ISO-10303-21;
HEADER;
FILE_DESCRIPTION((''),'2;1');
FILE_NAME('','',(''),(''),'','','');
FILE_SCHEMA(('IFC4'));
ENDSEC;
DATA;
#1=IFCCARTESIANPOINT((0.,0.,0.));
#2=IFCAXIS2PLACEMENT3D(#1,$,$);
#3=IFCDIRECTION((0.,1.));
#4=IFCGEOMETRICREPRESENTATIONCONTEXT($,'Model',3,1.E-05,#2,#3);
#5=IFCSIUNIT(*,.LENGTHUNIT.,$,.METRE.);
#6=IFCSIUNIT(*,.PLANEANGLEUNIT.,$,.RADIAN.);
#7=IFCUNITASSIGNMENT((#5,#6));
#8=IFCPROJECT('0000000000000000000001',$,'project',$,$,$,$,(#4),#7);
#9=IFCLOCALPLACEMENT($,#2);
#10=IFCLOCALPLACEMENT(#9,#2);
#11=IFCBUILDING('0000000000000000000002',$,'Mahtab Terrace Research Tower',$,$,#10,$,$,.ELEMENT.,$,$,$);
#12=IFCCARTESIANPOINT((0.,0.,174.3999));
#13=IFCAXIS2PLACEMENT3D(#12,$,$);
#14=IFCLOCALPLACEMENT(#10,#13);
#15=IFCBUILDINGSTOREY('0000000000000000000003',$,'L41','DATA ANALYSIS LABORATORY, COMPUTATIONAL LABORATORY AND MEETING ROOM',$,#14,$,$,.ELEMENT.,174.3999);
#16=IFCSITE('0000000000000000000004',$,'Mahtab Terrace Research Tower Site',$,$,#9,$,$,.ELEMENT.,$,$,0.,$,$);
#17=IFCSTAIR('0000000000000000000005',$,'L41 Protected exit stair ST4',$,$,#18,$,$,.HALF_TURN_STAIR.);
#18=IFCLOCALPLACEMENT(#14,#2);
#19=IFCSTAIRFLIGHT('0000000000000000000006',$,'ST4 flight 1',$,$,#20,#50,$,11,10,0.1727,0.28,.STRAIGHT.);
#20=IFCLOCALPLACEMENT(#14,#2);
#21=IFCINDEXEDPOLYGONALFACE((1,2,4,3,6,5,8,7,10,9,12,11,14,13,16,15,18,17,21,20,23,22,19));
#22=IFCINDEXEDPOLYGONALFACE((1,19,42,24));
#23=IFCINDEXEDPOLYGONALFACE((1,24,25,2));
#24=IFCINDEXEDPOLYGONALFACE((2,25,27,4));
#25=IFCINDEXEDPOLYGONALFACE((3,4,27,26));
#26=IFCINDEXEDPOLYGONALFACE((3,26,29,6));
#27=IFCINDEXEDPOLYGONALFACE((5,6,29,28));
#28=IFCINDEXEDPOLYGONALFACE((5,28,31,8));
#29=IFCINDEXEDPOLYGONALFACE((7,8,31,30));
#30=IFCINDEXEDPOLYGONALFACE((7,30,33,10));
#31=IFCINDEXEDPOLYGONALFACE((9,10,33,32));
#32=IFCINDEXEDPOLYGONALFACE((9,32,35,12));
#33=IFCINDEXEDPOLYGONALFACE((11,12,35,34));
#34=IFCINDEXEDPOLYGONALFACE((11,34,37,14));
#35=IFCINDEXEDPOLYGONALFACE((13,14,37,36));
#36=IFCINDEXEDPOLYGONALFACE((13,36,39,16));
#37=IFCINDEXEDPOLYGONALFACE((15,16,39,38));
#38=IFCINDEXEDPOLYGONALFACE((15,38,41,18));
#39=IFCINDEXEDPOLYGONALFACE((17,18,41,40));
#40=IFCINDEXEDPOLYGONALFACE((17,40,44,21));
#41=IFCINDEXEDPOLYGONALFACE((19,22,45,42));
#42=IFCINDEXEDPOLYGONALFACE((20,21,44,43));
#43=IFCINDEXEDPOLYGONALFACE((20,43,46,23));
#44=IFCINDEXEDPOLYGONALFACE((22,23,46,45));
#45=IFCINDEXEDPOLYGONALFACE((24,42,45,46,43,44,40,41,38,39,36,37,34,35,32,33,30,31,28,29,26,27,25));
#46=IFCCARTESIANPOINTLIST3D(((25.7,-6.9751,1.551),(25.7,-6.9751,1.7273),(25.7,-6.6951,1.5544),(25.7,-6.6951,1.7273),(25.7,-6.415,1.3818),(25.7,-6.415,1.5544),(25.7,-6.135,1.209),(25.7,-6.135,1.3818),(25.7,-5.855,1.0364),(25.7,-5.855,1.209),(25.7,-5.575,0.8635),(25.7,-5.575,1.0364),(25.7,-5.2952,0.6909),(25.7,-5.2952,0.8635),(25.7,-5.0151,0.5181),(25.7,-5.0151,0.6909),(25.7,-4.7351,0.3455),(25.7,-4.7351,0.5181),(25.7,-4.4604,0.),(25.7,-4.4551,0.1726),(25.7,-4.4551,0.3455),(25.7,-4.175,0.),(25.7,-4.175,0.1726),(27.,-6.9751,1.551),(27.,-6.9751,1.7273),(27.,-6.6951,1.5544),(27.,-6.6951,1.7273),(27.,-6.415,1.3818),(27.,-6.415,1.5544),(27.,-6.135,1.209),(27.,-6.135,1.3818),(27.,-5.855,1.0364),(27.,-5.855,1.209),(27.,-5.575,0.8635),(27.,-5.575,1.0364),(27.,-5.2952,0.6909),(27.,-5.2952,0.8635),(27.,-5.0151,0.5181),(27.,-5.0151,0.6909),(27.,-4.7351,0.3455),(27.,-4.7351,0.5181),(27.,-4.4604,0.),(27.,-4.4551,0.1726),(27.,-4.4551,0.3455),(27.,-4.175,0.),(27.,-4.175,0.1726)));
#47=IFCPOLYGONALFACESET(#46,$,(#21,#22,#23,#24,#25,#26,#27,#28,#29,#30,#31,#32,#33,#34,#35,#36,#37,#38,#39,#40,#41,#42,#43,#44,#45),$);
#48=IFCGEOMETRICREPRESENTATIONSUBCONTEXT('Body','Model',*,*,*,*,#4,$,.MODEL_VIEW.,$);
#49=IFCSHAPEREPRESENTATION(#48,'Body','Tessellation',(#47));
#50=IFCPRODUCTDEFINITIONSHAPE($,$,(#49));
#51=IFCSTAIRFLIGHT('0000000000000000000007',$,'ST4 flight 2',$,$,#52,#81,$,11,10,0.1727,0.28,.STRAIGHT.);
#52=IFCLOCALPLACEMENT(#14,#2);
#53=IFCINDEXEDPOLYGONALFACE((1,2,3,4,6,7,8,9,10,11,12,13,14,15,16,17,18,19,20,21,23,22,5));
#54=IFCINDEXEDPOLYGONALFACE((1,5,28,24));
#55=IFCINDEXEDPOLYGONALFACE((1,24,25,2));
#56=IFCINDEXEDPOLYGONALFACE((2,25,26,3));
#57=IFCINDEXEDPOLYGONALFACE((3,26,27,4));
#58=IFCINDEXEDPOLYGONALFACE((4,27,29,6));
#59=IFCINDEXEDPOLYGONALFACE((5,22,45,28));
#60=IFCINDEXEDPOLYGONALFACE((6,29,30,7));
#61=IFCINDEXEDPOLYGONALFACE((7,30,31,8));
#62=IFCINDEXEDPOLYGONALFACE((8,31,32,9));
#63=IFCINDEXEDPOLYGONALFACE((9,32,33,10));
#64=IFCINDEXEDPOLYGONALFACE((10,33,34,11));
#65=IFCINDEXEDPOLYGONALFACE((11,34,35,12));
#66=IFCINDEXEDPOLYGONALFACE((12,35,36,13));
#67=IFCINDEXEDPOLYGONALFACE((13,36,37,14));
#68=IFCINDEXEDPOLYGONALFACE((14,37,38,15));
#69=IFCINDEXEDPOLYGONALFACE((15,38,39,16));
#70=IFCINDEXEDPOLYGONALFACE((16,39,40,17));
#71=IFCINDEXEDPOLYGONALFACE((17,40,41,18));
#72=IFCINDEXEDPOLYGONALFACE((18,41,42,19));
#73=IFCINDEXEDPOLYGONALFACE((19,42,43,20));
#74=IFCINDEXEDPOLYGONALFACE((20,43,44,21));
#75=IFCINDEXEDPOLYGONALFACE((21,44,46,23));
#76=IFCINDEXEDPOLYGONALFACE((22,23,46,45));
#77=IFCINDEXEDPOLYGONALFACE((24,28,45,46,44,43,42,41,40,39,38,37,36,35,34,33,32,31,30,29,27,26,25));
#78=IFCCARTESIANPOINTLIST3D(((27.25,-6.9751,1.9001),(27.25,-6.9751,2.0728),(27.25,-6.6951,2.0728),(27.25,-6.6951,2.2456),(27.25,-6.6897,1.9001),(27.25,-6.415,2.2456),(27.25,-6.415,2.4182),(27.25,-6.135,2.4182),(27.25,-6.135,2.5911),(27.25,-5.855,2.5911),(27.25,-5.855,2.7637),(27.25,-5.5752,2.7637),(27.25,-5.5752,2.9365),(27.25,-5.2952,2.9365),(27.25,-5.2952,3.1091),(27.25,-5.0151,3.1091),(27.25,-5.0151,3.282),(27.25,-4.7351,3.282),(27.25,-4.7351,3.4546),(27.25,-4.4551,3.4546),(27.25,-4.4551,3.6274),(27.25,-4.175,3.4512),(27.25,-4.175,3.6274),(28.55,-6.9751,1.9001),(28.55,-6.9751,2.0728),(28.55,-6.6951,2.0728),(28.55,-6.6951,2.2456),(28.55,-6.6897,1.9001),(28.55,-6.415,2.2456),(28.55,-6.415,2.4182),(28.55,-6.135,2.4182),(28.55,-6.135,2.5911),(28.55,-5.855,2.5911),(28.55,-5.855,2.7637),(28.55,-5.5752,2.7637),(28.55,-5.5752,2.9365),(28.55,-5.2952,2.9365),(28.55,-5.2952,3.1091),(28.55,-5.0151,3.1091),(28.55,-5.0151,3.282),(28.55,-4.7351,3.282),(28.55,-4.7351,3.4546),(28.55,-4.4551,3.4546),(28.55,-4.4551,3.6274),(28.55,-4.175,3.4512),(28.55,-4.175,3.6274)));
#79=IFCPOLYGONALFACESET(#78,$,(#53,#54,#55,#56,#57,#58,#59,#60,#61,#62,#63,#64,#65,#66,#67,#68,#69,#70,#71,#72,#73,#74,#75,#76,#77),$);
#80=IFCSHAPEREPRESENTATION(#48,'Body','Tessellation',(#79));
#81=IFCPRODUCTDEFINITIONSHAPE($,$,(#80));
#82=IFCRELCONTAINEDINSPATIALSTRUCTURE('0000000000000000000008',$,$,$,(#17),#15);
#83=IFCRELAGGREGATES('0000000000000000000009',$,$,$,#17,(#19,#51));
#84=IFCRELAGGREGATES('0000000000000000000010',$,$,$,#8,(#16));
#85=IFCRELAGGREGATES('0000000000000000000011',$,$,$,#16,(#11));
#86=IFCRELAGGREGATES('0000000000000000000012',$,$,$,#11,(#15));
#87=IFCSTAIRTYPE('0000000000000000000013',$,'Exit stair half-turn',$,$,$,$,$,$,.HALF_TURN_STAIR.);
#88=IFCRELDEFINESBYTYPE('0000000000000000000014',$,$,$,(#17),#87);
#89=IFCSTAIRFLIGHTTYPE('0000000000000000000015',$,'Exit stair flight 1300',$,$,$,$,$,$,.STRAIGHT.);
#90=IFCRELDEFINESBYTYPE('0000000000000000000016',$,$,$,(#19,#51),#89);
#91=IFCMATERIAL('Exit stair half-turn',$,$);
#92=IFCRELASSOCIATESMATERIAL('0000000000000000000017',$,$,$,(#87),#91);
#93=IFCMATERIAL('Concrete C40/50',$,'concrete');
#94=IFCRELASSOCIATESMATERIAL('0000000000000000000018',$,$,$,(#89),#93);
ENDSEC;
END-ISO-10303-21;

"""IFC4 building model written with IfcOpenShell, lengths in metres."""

from ifc_helpers import new_model, si_unit, direction, frame, origin, place, context, subcontext, project, spatial, polyline, outline, extrude, material, type_object, element, aggregate, save


model = new_model("IFC4")

# Units and contexts
model_context = context("Model", 3, precision=1e-05, world=origin(), true_north=direction((0.0, 1.0)))
body_context = subcontext(model_context, "Body", "Model", "MODEL_VIEW")
ifc_project = project(units=[si_unit("LENGTHUNIT", "METRE"), si_unit("PLANEANGLEUNIT", "RADIAN")], contexts=[model_context])

# Site, building, storey
site_placement = place(None, origin())
site = spatial("IfcSite", under=ifc_project, at=site_placement, Name="Mahtab Terrace Research Tower Site", CompositionType="ELEMENT", RefElevation=0.0)
building_placement = place(site_placement, origin())
building = spatial("IfcBuilding", under=site, at=building_placement, Name="Mahtab Terrace Research Tower", CompositionType="ELEMENT")
storey_placement = place(building_placement, frame((0.0, 0.0, 174.3999)))
storey = spatial("IfcBuildingStorey", under=building, at=storey_placement, Name="L41", Description="DATA ANALYSIS LABORATORY, COMPUTATIONAL LABORATORY AND MEETING ROOM", CompositionType="ELEMENT", Elevation=174.3999)

# Stair, stair flights
ifc_material_1 = material(Name="Exit stair half-turn")
stair_type = type_object("IfcStairType", Name="Exit stair half-turn", PredefinedType="HALF_TURN_STAIR", material=ifc_material_1)
stair_placement = place(storey_placement, origin())
stair = element("IfcStair", 1, at=stair_placement, inside=storey, type_object=stair_type, Name="L41 Protected exit stair ST4", PredefinedType="HALF_TURN_STAIR")
ifc_material_2 = material(Name="Concrete C40/50", Category="concrete")
stair_flight_type = type_object("IfcStairFlightType", Name="Exit stair flight 1300", PredefinedType="STRAIGHT", material=ifc_material_2)
stair_flight_1_placement = place(storey_placement, frame((26.3501, -4.175, 0.0), z_axis=(0.0, 0.0, 1.0), x_axis=(0.0, -1.0, 0.0)))
stair_flight_1 = element("IfcStairFlight", 2, at=stair_flight_1_placement, type_object=stair_flight_type, Name="ST4 flight 1", NumberOfRisers=11, NumberOfTreads=10, PredefinedType="STRAIGHT", RiserHeight=0.1727, TreadLength=0.28, context=body_context, shape_type="SweptSolid", body=[
    extrude(outline(polyline([(0.0, 0.0), (0.0, 0.1726), (0.28, 0.1726), (0.28, 0.3455), (0.5601, 0.3455), (0.5601, 0.5181), (0.8401, 0.5181), (0.8401, 0.6909), (1.1201, 0.6909), (1.1201, 0.8635), (1.3999, 0.8635), (1.3999, 1.0364), (1.6799, 1.0364), (1.6799, 1.209), (1.96, 1.209), (1.96, 1.3818), (2.24, 1.3818), (2.24, 1.5544), (2.52, 1.5544), (2.52, 1.7273), (2.8, 1.7273), (2.8, 1.8999), (2.8, 1.551), (0.2854, 0.0), (0.0, 0.0)])), frame((0.0, 0.6499, 0.0), z_axis=(0.0, -1.0, 0.0), x_axis=(1.0, 0.0, 0.0)), (0.0, 0.0, 1.0), 1.3),
])
stair_flight_2_placement = place(storey_placement, frame((27.8999, -6.9751, 1.9001), z_axis=(0.0, 0.0, 1.0), x_axis=(0.0, 1.0, 0.0)))
stair_flight_2 = element("IfcStairFlight", 3, at=stair_flight_2_placement, type_object=stair_flight_type, Name="ST4 flight 2", NumberOfRisers=11, NumberOfTreads=10, PredefinedType="STRAIGHT", RiserHeight=0.1727, TreadLength=0.28, context=body_context, shape_type="SweptSolid", body=[
    extrude(outline(polyline([(0.0, 0.0), (0.0, 0.1726), (0.28, 0.1726), (0.28, 0.3455), (0.5601, 0.3455), (0.5601, 0.5181), (0.8401, 0.5181), (0.8401, 0.6909), (1.1201, 0.6909), (1.1201, 0.8635), (1.3999, 0.8635), (1.3999, 1.0364), (1.6799, 1.0364), (1.6799, 1.209), (1.96, 1.209), (1.96, 1.3818), (2.24, 1.3818), (2.24, 1.5544), (2.52, 1.5544), (2.52, 1.7273), (2.8, 1.7273), (2.8, 1.8999), (2.8, 1.551), (0.2854, 0.0), (0.0, 0.0)])), frame((0.0, 0.6499, 0.0), z_axis=(0.0, -1.0, 0.0), x_axis=(1.0, 0.0, 0.0)), (0.0, 0.0, 1.0), 1.3),
])
aggregate(stair, [stair_flight_1, stair_flight_2])

save(model, "model.ifc")
